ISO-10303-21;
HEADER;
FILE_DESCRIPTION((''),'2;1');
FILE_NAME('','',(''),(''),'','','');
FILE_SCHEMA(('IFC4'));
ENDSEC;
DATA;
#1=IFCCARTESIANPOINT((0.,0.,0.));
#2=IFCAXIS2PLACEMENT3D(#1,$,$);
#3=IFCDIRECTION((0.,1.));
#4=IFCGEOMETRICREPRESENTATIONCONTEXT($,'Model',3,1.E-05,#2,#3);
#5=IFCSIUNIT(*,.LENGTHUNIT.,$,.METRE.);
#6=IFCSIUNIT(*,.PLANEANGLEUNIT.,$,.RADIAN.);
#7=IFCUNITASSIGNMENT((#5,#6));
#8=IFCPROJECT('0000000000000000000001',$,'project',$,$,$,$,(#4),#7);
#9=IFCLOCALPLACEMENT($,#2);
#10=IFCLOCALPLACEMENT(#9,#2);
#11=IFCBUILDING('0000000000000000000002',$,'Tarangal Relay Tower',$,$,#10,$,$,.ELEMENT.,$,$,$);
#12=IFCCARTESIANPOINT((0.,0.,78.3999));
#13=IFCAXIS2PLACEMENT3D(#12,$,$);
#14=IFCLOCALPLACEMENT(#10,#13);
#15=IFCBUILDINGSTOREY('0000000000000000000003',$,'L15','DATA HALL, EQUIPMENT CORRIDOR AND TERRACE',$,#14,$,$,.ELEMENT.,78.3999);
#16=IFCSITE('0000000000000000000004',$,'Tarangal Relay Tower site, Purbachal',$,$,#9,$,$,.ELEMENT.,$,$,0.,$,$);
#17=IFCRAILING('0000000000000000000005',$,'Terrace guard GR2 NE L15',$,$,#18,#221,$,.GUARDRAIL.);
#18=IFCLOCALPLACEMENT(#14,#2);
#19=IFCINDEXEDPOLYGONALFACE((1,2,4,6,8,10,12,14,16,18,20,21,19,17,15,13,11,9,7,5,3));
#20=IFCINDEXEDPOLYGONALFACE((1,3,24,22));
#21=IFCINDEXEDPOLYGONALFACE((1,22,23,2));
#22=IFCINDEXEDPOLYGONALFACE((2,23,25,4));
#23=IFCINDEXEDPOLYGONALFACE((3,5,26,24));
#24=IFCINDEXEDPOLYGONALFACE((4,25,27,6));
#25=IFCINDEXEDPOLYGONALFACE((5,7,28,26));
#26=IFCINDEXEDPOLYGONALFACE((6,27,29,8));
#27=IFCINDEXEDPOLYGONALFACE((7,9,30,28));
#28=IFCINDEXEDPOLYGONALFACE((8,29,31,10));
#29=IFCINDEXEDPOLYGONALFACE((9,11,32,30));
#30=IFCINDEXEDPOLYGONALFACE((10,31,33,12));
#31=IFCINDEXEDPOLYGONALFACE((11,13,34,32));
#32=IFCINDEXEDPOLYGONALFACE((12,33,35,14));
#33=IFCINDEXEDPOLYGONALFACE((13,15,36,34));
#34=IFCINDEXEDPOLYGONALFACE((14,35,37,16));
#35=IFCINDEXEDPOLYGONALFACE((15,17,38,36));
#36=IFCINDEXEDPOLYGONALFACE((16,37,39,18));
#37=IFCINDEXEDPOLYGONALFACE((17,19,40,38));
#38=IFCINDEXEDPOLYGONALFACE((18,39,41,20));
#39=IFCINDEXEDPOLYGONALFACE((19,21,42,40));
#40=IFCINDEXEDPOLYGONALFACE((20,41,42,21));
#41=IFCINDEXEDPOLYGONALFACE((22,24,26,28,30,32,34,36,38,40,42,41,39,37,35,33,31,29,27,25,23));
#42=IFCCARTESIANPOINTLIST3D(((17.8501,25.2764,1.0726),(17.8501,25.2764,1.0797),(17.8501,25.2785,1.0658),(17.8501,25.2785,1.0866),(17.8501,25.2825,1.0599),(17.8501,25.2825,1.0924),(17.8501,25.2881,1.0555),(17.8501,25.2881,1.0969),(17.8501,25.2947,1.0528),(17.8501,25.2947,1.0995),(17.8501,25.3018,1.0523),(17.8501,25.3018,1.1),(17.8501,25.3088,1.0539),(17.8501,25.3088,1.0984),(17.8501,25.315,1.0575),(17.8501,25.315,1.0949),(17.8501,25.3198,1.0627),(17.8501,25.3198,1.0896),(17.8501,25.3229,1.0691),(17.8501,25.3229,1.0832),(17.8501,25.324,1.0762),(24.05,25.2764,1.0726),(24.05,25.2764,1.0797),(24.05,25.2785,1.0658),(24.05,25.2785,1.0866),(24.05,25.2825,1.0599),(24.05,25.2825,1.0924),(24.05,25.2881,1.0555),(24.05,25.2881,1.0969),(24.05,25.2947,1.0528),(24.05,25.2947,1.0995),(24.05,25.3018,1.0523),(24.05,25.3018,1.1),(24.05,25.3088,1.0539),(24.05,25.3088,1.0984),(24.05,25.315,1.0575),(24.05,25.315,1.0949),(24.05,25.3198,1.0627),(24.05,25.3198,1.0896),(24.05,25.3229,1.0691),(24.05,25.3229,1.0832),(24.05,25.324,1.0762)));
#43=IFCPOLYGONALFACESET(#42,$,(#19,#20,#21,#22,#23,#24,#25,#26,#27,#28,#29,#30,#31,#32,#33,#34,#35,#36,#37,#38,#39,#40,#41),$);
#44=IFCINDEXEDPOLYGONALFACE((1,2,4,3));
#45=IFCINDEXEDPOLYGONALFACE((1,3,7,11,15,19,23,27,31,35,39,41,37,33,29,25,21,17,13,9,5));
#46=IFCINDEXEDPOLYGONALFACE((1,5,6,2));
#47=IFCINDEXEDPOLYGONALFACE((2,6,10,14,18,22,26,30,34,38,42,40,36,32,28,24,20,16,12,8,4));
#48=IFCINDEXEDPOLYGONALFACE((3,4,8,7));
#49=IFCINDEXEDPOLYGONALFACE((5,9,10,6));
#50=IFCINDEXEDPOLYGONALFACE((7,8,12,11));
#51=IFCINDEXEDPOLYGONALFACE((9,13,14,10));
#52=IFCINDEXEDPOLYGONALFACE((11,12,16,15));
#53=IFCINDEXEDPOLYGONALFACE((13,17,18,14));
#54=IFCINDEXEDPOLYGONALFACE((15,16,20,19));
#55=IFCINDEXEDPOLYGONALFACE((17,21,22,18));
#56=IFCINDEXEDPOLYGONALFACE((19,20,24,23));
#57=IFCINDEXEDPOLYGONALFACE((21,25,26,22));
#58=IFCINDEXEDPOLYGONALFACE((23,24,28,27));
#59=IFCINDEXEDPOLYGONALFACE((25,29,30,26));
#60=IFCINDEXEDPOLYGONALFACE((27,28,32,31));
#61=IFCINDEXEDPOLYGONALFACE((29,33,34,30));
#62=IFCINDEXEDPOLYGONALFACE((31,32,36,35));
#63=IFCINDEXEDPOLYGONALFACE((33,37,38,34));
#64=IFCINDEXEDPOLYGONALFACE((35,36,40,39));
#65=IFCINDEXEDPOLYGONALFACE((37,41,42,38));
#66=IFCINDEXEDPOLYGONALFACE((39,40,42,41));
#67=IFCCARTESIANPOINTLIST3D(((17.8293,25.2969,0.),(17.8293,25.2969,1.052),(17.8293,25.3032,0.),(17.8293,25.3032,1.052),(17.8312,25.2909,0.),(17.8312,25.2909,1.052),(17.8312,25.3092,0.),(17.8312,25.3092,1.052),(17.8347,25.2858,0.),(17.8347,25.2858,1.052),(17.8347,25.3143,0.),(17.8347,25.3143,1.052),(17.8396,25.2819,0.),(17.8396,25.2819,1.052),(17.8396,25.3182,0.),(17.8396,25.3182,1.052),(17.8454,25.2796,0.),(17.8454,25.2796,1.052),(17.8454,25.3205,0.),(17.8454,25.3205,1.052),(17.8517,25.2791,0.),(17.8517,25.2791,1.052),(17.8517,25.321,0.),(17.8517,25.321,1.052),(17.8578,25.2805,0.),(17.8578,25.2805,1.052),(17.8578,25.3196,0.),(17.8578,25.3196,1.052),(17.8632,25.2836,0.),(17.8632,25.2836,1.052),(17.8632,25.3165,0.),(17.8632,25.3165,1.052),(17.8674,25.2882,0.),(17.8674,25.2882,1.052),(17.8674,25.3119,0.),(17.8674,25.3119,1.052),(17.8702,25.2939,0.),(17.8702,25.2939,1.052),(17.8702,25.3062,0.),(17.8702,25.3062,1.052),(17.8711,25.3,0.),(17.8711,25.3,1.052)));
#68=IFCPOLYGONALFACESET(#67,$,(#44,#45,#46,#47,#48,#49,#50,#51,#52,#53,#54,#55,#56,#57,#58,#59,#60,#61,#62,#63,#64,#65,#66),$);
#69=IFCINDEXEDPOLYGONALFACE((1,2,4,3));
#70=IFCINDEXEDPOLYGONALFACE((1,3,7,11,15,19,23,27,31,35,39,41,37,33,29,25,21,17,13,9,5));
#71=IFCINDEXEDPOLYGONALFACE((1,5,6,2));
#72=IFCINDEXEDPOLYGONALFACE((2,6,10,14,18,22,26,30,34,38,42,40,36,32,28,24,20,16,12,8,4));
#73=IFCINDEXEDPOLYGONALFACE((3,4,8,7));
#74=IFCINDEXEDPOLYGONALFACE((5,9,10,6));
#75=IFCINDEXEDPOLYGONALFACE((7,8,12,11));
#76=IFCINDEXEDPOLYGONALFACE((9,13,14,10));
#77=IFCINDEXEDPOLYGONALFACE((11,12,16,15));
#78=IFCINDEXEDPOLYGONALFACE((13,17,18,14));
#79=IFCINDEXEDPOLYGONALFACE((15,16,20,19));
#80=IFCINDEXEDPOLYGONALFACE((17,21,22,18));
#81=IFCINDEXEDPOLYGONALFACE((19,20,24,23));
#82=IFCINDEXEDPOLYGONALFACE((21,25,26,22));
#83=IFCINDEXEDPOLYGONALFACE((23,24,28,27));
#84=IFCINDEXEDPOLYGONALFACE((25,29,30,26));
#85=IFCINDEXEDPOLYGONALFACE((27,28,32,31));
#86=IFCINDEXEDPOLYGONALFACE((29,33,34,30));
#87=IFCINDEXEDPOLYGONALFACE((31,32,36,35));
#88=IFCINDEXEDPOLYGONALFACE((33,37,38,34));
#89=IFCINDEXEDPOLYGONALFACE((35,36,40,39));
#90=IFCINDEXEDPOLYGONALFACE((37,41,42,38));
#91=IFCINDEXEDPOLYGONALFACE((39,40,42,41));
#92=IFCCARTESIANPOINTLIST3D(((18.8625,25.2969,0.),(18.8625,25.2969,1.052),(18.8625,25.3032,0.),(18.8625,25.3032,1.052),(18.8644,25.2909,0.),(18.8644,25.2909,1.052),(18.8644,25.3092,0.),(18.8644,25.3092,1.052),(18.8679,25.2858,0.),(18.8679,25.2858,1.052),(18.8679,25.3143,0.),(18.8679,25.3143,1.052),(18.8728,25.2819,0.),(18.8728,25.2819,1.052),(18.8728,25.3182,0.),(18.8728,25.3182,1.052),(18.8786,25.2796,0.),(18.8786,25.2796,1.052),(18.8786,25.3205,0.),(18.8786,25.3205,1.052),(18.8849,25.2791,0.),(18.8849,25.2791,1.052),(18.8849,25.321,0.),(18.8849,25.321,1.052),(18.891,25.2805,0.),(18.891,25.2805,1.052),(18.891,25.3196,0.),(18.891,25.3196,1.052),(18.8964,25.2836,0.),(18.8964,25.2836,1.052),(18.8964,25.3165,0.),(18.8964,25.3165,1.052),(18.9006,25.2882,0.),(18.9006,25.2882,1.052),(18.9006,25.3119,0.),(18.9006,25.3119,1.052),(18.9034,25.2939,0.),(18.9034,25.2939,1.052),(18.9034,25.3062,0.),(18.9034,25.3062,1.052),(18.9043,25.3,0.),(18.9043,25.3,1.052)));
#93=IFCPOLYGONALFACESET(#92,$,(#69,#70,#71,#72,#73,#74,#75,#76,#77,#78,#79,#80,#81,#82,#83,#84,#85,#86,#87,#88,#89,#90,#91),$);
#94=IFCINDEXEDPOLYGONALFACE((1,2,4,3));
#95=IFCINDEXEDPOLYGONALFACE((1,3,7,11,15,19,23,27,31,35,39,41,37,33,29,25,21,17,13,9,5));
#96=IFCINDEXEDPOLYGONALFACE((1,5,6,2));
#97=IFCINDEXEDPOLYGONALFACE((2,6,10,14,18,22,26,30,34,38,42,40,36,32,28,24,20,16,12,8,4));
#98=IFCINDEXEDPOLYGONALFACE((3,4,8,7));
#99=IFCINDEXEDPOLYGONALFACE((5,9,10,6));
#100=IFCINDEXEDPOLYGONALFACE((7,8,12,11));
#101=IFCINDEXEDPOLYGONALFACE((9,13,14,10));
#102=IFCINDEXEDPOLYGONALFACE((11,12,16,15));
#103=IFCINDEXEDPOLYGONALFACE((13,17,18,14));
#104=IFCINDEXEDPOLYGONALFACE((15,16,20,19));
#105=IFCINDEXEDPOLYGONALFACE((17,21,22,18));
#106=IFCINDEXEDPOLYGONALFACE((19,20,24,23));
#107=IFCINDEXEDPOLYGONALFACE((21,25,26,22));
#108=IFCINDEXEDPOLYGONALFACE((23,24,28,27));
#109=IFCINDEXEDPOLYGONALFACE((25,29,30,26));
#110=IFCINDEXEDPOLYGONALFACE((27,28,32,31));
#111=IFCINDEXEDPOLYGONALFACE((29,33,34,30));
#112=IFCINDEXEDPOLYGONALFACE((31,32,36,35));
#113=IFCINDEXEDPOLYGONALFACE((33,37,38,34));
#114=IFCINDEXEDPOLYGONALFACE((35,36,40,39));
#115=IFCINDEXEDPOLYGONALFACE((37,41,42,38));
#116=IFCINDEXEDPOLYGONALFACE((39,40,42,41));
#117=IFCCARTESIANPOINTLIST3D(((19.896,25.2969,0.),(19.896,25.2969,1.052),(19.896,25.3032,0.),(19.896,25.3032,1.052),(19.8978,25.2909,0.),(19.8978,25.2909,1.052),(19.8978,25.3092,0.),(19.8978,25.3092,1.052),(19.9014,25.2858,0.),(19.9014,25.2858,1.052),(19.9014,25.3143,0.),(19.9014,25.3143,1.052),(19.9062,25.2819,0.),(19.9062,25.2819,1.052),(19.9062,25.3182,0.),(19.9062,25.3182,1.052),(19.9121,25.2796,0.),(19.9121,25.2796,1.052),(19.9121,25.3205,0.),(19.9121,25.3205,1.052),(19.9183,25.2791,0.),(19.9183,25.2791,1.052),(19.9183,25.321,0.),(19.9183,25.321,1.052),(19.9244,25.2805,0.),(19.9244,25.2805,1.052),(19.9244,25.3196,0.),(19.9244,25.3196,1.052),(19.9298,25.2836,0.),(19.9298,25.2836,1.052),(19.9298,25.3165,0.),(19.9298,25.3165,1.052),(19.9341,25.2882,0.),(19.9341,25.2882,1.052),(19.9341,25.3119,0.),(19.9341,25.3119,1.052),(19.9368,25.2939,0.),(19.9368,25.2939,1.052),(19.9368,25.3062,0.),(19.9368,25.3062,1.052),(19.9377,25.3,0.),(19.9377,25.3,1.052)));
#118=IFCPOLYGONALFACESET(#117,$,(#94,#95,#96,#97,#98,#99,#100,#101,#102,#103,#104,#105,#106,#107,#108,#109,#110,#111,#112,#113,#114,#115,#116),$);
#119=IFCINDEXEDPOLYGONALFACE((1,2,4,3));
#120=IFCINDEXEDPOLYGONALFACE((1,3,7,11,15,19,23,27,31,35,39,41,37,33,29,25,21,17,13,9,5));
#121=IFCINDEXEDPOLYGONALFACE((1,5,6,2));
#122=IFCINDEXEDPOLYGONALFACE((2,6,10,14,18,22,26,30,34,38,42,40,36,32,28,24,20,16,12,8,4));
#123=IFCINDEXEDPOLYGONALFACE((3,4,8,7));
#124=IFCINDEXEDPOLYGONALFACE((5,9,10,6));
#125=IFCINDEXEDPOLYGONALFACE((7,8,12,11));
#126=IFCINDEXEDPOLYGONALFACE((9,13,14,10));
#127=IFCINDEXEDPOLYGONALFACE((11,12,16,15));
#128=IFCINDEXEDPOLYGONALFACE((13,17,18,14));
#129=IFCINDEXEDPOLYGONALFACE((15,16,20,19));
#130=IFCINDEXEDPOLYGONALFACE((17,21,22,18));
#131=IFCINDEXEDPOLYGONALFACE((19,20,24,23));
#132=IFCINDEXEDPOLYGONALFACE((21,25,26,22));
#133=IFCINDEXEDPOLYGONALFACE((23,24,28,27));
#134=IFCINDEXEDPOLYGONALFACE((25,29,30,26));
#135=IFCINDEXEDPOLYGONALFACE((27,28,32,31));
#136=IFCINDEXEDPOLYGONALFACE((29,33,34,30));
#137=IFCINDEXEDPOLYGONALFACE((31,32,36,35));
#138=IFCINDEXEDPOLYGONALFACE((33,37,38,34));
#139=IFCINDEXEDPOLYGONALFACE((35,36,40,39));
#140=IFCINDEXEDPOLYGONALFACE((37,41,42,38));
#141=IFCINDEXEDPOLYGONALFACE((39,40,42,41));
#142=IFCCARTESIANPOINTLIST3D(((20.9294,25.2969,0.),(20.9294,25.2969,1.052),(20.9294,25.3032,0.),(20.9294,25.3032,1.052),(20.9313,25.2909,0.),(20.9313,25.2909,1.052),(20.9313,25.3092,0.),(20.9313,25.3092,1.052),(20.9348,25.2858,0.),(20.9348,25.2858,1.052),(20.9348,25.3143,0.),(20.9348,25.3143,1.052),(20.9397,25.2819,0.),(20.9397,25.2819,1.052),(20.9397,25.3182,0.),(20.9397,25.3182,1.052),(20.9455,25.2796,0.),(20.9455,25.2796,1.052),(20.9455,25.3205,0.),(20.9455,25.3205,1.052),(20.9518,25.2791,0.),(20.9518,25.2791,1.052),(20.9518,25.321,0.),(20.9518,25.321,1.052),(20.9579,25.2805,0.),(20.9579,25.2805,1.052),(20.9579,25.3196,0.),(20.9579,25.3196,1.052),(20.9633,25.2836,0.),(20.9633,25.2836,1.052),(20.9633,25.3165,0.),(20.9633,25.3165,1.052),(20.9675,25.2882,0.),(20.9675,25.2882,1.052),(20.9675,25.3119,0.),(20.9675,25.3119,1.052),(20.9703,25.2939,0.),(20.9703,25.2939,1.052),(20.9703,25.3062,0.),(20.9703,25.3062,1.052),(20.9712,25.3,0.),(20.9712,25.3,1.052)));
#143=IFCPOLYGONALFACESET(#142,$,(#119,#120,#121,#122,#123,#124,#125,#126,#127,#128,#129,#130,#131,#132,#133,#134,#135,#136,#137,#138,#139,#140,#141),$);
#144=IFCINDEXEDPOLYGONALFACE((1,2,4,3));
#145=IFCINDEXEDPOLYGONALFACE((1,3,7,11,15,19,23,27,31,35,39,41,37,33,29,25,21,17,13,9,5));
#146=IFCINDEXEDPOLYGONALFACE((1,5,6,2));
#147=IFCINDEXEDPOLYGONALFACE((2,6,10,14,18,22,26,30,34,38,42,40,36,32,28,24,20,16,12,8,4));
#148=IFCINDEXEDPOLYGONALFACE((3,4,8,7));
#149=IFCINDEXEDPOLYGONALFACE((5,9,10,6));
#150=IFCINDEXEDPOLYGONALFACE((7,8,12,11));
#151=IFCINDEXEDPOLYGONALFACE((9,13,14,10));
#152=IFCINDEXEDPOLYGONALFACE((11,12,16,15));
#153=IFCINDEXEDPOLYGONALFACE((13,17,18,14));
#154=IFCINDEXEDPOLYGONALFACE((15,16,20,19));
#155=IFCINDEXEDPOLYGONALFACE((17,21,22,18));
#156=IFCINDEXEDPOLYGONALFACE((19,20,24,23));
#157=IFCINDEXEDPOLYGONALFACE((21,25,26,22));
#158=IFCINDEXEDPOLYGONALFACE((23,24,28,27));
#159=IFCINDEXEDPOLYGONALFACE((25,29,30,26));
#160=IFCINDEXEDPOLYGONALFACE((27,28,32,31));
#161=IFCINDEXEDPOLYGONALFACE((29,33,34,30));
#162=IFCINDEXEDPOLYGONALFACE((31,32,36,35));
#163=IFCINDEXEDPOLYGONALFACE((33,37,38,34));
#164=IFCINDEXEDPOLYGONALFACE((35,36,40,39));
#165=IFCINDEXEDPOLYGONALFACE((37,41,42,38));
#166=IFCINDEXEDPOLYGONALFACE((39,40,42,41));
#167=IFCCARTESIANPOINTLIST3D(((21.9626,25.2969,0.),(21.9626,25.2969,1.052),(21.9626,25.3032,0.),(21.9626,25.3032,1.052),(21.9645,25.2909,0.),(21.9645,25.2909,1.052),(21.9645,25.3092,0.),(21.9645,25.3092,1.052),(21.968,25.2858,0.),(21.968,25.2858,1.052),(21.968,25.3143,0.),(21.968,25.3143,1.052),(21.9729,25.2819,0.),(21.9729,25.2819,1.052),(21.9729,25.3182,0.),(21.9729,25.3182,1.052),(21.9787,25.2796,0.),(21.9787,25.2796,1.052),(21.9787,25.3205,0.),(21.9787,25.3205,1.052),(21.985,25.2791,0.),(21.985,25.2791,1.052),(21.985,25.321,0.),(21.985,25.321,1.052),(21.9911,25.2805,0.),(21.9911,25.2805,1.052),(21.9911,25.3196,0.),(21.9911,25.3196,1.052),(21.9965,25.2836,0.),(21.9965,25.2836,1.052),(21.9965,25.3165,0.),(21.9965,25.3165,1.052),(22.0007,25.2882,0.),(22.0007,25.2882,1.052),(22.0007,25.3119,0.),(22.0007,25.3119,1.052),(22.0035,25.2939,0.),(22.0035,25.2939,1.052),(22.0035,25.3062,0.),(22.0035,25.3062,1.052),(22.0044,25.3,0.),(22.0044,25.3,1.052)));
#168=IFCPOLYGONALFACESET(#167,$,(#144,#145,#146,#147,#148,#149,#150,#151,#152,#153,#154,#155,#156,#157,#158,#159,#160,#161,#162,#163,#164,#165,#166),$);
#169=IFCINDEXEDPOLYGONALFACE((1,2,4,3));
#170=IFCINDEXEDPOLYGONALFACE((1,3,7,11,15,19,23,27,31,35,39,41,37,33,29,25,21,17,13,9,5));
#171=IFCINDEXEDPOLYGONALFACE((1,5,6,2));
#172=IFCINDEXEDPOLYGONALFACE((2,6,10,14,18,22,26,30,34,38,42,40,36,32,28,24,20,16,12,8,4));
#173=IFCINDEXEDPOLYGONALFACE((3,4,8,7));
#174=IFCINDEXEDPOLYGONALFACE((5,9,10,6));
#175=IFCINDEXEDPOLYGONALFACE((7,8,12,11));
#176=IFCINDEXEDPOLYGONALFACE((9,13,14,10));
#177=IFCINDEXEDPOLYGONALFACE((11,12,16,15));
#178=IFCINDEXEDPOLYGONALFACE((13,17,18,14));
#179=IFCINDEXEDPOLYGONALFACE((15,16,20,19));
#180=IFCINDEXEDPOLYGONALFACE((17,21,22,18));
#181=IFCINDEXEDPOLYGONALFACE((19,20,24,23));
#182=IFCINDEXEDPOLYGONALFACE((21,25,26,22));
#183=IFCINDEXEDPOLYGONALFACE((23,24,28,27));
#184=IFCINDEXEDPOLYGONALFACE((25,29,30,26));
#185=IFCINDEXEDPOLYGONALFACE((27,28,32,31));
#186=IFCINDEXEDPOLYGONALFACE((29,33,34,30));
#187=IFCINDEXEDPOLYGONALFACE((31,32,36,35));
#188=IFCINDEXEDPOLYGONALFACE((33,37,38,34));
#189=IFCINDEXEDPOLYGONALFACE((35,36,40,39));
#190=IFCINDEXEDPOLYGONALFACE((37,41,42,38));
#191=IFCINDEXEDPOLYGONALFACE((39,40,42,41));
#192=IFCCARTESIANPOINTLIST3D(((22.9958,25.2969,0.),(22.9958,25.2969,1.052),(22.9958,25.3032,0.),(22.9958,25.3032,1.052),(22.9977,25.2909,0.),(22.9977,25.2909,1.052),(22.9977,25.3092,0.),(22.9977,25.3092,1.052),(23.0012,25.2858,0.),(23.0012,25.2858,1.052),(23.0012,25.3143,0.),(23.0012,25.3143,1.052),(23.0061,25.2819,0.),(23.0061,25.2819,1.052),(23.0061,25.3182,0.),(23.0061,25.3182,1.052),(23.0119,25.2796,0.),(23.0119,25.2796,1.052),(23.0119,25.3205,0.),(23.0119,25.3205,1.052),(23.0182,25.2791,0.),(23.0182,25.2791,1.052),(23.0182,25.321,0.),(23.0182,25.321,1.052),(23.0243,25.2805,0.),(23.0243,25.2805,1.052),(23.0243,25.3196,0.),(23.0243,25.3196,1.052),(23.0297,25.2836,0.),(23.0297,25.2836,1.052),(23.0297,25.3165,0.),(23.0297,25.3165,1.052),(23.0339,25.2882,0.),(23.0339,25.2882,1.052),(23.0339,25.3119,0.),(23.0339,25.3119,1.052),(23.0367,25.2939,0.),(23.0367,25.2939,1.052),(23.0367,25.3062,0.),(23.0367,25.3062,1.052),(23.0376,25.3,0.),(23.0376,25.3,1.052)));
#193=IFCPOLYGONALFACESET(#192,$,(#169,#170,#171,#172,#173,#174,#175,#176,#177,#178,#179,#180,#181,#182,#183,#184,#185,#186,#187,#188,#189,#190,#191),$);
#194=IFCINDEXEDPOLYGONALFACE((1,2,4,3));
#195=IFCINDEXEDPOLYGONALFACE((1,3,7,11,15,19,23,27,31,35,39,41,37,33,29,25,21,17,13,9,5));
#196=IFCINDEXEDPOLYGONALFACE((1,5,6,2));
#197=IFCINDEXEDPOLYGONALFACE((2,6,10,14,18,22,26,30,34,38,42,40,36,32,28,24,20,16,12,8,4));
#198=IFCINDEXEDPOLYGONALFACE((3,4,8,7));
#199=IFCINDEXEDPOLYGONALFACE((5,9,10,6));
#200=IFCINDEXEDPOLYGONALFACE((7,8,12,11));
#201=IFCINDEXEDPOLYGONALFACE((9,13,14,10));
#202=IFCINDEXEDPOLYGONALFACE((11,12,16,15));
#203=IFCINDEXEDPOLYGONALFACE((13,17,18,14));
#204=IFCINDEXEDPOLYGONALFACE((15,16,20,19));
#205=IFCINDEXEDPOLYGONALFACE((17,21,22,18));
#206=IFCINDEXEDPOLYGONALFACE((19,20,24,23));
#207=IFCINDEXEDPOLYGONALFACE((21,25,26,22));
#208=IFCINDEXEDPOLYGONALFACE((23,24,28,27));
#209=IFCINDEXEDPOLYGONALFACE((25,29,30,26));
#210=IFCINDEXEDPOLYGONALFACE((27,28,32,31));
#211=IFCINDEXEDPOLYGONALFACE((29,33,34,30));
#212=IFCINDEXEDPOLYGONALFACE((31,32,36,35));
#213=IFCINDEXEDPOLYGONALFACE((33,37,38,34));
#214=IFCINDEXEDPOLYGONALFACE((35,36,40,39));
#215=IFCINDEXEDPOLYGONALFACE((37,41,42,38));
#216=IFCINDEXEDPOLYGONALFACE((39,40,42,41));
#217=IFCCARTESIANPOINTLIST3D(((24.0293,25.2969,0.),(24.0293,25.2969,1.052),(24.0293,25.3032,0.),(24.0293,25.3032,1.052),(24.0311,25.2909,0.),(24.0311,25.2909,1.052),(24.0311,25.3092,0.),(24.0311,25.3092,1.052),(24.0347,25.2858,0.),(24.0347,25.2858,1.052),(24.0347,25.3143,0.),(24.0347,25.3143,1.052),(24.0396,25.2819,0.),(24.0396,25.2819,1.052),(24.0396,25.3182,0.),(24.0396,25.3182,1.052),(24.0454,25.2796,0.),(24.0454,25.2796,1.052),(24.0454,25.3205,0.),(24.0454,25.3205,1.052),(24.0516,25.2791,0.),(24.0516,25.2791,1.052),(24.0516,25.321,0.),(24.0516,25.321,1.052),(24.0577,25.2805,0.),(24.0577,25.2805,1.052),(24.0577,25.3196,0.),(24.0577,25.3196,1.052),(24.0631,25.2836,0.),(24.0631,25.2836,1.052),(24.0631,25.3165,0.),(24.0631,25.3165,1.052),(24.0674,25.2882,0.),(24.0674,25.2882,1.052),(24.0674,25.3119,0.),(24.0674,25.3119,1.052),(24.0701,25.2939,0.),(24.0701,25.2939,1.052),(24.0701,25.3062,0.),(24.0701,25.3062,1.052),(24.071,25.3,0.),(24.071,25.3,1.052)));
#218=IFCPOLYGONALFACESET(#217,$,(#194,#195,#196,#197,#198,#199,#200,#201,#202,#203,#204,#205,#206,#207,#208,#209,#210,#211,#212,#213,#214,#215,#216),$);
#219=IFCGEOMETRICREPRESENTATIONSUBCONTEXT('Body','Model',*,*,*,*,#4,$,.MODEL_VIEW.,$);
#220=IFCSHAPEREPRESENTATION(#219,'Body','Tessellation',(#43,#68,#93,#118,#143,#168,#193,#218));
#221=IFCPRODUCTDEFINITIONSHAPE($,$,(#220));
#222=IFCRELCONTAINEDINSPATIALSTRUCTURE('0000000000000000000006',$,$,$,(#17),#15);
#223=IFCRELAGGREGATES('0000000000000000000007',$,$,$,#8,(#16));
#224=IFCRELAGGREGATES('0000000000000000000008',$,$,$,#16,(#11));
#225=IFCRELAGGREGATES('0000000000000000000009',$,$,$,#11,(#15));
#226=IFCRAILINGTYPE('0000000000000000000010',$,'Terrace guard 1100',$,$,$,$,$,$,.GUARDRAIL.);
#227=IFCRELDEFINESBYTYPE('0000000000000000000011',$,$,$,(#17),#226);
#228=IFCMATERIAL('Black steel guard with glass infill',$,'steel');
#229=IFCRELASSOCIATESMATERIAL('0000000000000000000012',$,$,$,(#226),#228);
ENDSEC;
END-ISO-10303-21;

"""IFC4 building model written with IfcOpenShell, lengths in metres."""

from ifc_helpers import new_model, si_unit, direction, frame, origin, origin_2d, place, context, subcontext, project, spatial, circle, extrude, material, type_object, element, save


model = new_model("IFC4")

# Units and contexts
model_context = context("Model", 3, precision=1e-05, world=origin(), true_north=direction((0.0, 1.0)))
body_context = subcontext(model_context, "Body", "Model", "MODEL_VIEW")
ifc_project = project(units=[si_unit("LENGTHUNIT", "METRE"), si_unit("PLANEANGLEUNIT", "RADIAN")], contexts=[model_context])

# Site, building, storey
site_placement = place(None, origin())
site = spatial("IfcSite", under=ifc_project, at=site_placement, Name="Tarangal Relay Tower site, Purbachal", CompositionType="ELEMENT", RefElevation=0.0)
building_placement = place(site_placement, origin())
building = spatial("IfcBuilding", under=site, at=building_placement, Name="Tarangal Relay Tower", CompositionType="ELEMENT")
storey_placement = place(building_placement, frame((0.0, 0.0, 78.3999)))
storey = spatial("IfcBuildingStorey", under=building, at=storey_placement, Name="L15", Description="DATA HALL, EQUIPMENT CORRIDOR AND TERRACE", CompositionType="ELEMENT", Elevation=78.3999)

# Railing
ifc_material_1 = material(Name="Black steel guard with glass infill", Category="steel")
railing_type_1 = type_object("IfcRailingType", Name="Terrace guard 1100", PredefinedType="GUARDRAIL", material=ifc_material_1)
railing_1_placement = place(storey_placement, frame((17.8501, 25.3, 0.0)))
element("IfcRailing", 1, at=railing_1_placement, inside=storey, type_object=railing_type_1, Name="Terrace guard GR2 NE L15", PredefinedType="GUARDRAIL", context=body_context, shape_type="SweptSolid", body=[
    extrude(circle(Radius=0.0239, at=origin_2d()), frame((0.0, 0.0, 1.0762), z_axis=(1.0, 0.0, 0.0), x_axis=(0.0, 1.0, 0.0)), (0.0, 0.0, 1.0), 6.2),
    extrude(circle(Radius=0.021, at=origin_2d()), origin(), (0.0, 0.0, 1.0), 1.052),
    extrude(circle(Radius=0.021, at=origin_2d()), frame((1.0332, 0.0, 0.0)), (0.0, 0.0, 1.0), 1.052),
    extrude(circle(Radius=0.021, at=origin_2d()), frame((2.0667, 0.0, 0.0)), (0.0, 0.0, 1.0), 1.052),
    extrude(circle(Radius=0.021, at=origin_2d()), frame((3.1001, 0.0, 0.0)), (0.0, 0.0, 1.0), 1.052),
    extrude(circle(Radius=0.021, at=origin_2d()), frame((4.1333, 0.0, 0.0)), (0.0, 0.0, 1.0), 1.052),
    extrude(circle(Radius=0.021, at=origin_2d()), frame((5.1665, 0.0, 0.0)), (0.0, 0.0, 1.0), 1.052),
    extrude(circle(Radius=0.021, at=origin_2d()), frame((6.2, 0.0, 0.0)), (0.0, 0.0, 1.0), 1.052),
])

save(model, "model.ifc")
